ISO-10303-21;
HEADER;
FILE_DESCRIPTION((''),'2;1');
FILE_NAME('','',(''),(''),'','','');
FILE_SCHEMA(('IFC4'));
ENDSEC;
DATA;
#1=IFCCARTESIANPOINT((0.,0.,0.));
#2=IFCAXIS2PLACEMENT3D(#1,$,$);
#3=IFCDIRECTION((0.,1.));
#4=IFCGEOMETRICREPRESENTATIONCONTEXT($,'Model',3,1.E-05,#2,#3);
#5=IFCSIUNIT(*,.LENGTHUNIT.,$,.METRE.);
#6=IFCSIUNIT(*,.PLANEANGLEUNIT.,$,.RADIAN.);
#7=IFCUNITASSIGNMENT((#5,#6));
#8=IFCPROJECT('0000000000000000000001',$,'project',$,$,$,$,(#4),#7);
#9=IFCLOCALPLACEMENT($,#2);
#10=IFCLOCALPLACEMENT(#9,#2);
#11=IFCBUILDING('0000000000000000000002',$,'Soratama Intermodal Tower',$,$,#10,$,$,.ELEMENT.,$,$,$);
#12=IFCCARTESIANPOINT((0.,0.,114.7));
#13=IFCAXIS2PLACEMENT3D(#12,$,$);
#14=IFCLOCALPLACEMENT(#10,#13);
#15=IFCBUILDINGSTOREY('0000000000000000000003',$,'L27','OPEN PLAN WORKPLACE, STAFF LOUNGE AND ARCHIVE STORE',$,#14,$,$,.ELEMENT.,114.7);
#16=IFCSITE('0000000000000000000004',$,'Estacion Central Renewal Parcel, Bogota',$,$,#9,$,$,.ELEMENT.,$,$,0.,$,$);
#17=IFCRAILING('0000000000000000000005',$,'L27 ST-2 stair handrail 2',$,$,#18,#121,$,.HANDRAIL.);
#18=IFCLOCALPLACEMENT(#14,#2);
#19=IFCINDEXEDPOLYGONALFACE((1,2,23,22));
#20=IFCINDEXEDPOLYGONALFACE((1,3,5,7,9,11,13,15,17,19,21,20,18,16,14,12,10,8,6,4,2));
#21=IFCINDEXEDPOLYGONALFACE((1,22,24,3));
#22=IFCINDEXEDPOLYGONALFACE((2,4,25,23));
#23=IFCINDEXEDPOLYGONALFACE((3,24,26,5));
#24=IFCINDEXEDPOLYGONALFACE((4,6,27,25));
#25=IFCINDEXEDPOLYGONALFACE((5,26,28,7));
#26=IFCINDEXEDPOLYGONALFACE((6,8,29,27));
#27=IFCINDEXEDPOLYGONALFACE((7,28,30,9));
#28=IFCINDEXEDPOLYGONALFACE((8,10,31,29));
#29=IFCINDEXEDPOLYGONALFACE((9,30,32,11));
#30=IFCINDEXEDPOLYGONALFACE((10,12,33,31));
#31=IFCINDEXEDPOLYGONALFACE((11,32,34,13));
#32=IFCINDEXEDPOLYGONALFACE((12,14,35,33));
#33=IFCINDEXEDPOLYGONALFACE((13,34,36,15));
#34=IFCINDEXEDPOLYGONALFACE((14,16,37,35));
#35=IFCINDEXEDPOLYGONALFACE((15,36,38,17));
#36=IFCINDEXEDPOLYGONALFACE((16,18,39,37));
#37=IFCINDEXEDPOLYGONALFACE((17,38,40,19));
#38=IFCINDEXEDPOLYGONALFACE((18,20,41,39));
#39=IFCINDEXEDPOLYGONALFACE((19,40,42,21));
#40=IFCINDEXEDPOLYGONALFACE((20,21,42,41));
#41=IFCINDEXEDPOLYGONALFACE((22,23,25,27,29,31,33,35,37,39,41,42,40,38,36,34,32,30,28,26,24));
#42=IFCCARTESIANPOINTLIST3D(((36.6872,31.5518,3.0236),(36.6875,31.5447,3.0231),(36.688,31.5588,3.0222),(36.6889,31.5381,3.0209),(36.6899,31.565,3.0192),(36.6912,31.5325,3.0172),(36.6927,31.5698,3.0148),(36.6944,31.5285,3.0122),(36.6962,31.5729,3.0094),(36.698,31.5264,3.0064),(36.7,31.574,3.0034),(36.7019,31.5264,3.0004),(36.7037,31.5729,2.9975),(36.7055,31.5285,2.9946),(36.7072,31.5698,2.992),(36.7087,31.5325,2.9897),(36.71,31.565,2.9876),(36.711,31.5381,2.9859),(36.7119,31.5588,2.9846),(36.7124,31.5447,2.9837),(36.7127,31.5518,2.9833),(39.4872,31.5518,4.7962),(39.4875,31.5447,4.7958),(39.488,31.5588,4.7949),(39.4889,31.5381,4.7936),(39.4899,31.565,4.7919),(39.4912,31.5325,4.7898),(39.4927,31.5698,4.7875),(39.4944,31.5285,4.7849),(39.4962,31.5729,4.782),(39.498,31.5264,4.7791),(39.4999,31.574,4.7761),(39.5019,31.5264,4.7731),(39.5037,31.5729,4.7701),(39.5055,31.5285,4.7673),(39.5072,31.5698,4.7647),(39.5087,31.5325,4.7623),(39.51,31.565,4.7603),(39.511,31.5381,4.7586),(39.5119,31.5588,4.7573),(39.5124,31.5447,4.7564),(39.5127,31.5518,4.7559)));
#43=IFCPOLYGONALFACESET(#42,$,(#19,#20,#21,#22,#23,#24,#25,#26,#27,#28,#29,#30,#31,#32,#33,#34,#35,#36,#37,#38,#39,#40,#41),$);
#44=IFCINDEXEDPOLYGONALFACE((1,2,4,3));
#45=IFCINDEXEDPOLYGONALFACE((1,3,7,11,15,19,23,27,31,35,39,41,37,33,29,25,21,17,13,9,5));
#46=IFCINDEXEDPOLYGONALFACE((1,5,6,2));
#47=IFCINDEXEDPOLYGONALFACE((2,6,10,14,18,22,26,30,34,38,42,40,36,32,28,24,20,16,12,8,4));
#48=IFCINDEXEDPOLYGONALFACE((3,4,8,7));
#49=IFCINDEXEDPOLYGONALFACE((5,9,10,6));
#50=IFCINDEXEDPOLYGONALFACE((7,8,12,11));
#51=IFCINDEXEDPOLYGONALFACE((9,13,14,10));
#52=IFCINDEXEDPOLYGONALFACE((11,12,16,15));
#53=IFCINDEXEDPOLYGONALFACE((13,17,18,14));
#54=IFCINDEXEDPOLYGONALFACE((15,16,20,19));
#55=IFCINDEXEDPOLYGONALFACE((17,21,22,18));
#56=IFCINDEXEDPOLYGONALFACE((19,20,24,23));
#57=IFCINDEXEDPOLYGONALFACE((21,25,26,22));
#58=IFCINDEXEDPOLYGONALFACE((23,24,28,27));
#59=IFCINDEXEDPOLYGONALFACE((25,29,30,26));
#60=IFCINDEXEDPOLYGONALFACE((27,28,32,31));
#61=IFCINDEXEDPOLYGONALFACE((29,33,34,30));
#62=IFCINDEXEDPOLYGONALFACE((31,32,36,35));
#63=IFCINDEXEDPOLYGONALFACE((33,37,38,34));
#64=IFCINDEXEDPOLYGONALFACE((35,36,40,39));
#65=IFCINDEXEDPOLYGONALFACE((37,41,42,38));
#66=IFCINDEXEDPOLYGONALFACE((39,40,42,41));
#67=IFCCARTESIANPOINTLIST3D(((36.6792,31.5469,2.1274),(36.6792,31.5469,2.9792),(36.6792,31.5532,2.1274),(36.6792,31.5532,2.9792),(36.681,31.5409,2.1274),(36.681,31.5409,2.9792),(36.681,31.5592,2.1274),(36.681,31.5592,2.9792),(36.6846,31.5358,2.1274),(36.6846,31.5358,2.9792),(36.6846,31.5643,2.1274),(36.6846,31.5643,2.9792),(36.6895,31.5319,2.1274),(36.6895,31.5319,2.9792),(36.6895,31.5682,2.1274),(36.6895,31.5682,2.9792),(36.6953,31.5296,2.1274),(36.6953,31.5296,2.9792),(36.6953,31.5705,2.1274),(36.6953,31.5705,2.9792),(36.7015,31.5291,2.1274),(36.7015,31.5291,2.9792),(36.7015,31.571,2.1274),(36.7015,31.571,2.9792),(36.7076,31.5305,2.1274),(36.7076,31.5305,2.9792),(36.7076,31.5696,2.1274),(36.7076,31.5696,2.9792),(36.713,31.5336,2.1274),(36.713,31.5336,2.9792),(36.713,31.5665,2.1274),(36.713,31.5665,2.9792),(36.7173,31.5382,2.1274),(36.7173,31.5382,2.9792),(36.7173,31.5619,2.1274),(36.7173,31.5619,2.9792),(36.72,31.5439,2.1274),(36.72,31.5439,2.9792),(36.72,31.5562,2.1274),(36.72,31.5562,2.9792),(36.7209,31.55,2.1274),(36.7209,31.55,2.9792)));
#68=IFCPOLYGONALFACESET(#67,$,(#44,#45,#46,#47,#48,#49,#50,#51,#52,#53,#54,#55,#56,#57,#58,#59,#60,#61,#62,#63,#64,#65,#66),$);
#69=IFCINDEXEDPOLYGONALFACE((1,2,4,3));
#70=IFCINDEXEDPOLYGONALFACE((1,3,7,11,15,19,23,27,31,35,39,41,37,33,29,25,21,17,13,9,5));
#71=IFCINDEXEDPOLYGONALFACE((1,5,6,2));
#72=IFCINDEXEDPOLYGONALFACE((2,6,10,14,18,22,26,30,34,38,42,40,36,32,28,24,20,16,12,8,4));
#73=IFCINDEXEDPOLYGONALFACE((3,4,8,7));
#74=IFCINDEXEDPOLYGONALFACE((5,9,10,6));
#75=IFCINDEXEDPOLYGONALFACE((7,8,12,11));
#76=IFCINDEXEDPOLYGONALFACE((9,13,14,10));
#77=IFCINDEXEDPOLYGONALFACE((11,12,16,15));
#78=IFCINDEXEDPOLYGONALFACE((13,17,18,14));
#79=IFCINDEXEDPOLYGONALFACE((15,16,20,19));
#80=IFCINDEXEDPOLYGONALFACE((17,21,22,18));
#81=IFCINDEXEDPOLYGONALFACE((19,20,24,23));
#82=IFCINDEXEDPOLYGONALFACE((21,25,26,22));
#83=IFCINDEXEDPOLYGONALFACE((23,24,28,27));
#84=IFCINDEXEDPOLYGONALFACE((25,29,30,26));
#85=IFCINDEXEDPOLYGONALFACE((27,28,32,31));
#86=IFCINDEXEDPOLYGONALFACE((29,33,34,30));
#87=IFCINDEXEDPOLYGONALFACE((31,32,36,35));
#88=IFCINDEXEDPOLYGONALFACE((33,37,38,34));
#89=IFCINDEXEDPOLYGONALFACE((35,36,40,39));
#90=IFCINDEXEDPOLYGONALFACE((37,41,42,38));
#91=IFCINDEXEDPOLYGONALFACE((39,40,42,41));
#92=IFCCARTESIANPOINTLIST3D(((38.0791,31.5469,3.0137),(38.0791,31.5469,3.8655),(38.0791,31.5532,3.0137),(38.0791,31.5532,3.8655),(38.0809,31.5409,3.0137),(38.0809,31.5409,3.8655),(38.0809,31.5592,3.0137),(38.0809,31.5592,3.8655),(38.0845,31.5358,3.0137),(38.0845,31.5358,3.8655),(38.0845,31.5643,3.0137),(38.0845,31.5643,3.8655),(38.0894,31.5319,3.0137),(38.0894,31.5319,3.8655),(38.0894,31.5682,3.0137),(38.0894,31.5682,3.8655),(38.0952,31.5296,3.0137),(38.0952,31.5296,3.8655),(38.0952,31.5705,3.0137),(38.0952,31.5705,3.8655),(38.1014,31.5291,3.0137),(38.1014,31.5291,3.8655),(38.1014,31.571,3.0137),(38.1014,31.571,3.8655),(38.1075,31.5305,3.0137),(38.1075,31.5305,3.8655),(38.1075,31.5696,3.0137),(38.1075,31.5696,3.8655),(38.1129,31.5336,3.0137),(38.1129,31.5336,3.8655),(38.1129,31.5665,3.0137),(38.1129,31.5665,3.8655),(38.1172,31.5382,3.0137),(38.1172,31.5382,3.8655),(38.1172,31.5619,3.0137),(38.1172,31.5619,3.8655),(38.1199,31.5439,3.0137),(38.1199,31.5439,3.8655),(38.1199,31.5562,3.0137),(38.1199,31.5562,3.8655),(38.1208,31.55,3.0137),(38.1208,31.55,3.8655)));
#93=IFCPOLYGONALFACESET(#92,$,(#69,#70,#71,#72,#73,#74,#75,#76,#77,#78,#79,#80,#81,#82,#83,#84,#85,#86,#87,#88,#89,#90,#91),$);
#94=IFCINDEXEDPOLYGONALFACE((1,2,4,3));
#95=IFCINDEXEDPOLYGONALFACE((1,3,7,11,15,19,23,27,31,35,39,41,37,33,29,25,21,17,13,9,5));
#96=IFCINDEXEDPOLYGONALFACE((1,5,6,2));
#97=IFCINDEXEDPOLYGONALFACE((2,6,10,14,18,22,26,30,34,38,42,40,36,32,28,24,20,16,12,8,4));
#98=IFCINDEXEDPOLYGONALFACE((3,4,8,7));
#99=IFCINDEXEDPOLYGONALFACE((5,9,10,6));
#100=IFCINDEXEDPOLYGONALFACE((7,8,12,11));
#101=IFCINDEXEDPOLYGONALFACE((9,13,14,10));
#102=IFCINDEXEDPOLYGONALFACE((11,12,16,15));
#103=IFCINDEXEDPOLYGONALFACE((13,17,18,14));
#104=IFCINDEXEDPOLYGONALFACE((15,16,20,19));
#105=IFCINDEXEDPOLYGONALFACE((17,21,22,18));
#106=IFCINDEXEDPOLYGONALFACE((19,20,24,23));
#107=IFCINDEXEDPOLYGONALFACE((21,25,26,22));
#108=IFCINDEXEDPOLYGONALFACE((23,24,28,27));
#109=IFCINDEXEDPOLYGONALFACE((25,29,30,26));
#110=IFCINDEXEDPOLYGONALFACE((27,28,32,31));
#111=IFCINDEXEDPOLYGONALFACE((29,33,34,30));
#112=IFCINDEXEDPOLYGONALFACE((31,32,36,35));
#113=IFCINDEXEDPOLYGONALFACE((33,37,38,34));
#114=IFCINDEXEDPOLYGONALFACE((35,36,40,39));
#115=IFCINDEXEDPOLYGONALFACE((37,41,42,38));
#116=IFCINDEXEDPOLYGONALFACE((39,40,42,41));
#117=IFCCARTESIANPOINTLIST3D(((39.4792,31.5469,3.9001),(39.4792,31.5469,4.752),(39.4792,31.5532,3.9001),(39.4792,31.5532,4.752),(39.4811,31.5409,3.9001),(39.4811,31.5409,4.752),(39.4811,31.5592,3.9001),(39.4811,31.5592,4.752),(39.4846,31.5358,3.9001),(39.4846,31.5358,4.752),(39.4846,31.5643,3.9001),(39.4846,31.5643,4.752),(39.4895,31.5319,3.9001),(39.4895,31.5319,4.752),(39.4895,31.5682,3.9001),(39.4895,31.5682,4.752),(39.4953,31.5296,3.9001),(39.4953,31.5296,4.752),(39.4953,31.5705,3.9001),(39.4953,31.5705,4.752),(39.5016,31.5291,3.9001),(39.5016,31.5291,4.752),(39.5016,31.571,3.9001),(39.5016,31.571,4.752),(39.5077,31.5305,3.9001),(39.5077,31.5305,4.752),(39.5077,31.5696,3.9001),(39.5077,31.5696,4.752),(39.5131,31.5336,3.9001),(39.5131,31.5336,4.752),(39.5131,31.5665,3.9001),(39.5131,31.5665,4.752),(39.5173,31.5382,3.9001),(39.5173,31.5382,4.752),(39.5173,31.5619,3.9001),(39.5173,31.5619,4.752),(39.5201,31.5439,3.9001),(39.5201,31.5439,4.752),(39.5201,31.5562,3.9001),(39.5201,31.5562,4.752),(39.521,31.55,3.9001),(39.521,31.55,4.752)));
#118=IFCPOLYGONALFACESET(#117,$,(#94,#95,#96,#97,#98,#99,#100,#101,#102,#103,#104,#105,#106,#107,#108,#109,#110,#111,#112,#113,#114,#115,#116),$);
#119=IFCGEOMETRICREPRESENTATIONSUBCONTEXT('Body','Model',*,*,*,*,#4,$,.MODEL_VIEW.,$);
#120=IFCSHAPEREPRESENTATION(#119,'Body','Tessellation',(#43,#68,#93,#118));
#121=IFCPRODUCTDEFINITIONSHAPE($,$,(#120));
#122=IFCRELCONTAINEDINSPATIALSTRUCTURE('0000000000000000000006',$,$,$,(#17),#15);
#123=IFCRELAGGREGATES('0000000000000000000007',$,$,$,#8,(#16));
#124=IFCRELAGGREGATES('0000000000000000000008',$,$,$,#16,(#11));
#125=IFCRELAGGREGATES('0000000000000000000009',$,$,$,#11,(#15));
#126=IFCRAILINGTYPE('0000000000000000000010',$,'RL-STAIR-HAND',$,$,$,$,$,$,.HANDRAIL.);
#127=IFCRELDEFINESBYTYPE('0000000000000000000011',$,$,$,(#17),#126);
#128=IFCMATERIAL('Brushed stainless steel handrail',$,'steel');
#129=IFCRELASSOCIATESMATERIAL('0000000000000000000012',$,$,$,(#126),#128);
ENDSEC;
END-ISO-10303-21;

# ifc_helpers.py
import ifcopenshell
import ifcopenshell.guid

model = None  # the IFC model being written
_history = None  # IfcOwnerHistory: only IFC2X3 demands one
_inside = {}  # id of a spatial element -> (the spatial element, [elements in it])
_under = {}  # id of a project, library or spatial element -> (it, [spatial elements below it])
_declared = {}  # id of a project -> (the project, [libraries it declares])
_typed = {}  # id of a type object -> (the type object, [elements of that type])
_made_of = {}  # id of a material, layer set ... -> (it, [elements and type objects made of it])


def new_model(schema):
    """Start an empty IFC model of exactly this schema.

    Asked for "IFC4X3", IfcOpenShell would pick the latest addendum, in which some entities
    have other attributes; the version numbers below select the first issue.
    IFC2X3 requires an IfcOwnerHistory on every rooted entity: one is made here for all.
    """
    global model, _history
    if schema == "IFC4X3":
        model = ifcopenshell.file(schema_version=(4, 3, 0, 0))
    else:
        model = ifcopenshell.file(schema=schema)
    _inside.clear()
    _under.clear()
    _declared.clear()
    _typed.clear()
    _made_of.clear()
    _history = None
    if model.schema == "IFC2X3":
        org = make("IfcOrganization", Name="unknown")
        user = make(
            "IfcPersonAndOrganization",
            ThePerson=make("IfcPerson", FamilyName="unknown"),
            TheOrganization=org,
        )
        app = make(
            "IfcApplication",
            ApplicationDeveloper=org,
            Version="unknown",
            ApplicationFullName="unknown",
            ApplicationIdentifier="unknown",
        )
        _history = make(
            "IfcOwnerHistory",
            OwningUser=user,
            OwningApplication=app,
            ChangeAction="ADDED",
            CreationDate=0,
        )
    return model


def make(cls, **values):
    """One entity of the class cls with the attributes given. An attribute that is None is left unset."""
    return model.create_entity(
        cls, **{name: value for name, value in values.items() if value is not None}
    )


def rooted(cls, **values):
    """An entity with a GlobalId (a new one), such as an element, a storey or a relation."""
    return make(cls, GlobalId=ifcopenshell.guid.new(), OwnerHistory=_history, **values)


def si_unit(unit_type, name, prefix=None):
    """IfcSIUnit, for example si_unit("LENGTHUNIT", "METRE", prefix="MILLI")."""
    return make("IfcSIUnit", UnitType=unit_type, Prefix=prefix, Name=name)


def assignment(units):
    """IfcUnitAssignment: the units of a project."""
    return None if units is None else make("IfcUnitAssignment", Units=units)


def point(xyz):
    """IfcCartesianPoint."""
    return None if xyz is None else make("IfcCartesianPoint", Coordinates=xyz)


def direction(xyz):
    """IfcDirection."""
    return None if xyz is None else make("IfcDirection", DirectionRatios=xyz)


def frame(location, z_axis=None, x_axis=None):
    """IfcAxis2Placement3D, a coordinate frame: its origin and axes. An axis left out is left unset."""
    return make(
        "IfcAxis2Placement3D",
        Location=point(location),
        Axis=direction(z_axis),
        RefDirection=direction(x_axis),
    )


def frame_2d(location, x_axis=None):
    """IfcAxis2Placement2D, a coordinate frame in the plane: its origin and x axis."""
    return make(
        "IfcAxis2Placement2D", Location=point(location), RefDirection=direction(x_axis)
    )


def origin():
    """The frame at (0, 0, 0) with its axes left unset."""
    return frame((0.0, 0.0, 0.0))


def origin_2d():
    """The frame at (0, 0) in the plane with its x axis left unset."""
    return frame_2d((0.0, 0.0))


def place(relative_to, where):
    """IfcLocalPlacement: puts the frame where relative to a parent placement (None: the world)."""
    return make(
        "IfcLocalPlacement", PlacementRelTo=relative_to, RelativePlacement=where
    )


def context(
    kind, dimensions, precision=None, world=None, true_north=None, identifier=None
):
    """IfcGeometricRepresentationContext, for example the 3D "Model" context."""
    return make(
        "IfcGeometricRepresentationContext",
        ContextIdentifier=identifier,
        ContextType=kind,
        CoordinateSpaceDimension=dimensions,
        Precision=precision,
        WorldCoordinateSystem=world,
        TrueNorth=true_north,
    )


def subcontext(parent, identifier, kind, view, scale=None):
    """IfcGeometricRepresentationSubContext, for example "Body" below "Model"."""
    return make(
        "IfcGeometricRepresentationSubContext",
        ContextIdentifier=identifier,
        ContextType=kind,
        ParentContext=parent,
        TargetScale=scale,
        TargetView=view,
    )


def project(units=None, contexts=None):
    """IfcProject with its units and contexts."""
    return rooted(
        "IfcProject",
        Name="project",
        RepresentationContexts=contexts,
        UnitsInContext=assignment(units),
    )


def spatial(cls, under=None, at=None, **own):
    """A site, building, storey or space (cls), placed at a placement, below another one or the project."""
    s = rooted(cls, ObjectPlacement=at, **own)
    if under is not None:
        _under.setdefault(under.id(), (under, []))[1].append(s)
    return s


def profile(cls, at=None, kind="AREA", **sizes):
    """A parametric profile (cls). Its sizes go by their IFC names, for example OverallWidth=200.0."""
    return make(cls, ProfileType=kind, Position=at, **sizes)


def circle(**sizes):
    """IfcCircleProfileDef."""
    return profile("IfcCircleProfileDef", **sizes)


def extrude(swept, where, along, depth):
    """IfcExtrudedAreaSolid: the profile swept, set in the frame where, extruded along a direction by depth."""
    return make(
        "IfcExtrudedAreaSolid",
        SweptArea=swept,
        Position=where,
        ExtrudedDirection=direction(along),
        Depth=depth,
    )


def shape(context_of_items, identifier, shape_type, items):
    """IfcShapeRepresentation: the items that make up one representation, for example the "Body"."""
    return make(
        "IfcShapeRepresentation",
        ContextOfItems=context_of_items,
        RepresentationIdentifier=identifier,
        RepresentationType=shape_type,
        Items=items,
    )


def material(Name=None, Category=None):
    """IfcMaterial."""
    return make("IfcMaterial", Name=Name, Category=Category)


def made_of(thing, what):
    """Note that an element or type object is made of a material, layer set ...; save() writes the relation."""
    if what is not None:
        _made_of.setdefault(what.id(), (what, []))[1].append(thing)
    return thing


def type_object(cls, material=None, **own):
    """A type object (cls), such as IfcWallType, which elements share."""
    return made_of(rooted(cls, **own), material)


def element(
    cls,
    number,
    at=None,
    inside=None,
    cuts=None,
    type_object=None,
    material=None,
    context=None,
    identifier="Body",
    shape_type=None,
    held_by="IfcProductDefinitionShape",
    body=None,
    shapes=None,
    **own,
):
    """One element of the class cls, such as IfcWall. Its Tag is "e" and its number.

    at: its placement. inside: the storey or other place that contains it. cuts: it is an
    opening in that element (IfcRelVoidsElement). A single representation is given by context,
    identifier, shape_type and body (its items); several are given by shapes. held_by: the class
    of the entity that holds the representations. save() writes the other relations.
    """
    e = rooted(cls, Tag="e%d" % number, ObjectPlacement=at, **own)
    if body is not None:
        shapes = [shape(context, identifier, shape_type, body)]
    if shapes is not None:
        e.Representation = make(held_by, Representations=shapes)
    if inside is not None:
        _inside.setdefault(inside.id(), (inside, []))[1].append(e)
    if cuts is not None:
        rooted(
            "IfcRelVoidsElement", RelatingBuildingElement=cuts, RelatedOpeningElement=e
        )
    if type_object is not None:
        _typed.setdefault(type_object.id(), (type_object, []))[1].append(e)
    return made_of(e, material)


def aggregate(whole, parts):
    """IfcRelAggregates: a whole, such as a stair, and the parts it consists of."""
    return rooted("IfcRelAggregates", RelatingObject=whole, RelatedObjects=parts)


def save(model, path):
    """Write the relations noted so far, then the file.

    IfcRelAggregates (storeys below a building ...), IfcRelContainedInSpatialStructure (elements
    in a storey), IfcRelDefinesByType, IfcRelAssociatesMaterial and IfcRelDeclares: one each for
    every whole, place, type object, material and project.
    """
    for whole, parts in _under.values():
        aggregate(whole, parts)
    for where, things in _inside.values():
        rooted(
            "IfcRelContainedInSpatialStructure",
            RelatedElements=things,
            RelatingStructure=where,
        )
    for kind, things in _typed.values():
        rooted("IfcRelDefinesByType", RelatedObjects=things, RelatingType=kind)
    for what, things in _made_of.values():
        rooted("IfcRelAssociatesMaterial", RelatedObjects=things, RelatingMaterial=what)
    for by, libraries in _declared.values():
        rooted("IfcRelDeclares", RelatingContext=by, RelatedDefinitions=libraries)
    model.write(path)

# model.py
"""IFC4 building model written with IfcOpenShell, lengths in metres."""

from ifc_helpers import new_model, si_unit, direction, frame, origin, origin_2d, place, context, subcontext, project, spatial, circle, extrude, material, type_object, element, save


model = new_model("IFC4")

# Units and contexts
model_context = context("Model", 3, precision=1e-05, world=origin(), true_north=direction((0.0, 1.0)))
body_context = subcontext(model_context, "Body", "Model", "MODEL_VIEW")
ifc_project = project(units=[si_unit("LENGTHUNIT", "METRE"), si_unit("PLANEANGLEUNIT", "RADIAN")], contexts=[model_context])

# Site, building, storey
site_placement = place(None, origin())
site = spatial("IfcSite", under=ifc_project, at=site_placement, Name="Estacion Central Renewal Parcel, Bogota", CompositionType="ELEMENT", RefElevation=0.0)
building_placement = place(site_placement, origin())
building = spatial("IfcBuilding", under=site, at=building_placement, Name="Soratama Intermodal Tower", CompositionType="ELEMENT")
storey_placement = place(building_placement, frame((0.0, 0.0, 114.7)))
storey = spatial("IfcBuildingStorey", under=building, at=storey_placement, Name="L27", Description="OPEN PLAN WORKPLACE, STAFF LOUNGE AND ARCHIVE STORE", CompositionType="ELEMENT", Elevation=114.7)

# Railing
ifc_material_1 = material(Name="Brushed stainless steel handrail", Category="steel")
railing_type_1 = type_object("IfcRailingType", Name="RL-STAIR-HAND", PredefinedType="HANDRAIL", material=ifc_material_1)
railing_1_placement = place(storey_placement, frame((36.7, 31.55, 2.1274)))
element("IfcRailing", 1, at=railing_1_placement, inside=storey, type_object=railing_type_1, Name="L27 ST-2 stair handrail 2", PredefinedType="HANDRAIL", context=body_context, shape_type="SweptSolid", body=[
    extrude(circle(Radius=0.0239, at=origin_2d()), frame((0.0, 0.0, 0.876), z_axis=(0.844909, 0.0, 0.53491), x_axis=(0.0, 1.0, 0.0)), (0.0, 0.0, 1.0), 3.314),
    extrude(circle(Radius=0.021, at=origin_2d()), origin(), (0.0, 0.0, 1.0), 0.8518),
    extrude(circle(Radius=0.021, at=origin_2d()), frame((1.3999, 0.0, 0.8862)), (0.0, 0.0, 1.0), 0.8518),
    extrude(circle(Radius=0.021, at=origin_2d()), frame((2.8, 0.0, 1.7727)), (0.0, 0.0, 1.0), 0.8518),
])

save(model, "model.ifc")
